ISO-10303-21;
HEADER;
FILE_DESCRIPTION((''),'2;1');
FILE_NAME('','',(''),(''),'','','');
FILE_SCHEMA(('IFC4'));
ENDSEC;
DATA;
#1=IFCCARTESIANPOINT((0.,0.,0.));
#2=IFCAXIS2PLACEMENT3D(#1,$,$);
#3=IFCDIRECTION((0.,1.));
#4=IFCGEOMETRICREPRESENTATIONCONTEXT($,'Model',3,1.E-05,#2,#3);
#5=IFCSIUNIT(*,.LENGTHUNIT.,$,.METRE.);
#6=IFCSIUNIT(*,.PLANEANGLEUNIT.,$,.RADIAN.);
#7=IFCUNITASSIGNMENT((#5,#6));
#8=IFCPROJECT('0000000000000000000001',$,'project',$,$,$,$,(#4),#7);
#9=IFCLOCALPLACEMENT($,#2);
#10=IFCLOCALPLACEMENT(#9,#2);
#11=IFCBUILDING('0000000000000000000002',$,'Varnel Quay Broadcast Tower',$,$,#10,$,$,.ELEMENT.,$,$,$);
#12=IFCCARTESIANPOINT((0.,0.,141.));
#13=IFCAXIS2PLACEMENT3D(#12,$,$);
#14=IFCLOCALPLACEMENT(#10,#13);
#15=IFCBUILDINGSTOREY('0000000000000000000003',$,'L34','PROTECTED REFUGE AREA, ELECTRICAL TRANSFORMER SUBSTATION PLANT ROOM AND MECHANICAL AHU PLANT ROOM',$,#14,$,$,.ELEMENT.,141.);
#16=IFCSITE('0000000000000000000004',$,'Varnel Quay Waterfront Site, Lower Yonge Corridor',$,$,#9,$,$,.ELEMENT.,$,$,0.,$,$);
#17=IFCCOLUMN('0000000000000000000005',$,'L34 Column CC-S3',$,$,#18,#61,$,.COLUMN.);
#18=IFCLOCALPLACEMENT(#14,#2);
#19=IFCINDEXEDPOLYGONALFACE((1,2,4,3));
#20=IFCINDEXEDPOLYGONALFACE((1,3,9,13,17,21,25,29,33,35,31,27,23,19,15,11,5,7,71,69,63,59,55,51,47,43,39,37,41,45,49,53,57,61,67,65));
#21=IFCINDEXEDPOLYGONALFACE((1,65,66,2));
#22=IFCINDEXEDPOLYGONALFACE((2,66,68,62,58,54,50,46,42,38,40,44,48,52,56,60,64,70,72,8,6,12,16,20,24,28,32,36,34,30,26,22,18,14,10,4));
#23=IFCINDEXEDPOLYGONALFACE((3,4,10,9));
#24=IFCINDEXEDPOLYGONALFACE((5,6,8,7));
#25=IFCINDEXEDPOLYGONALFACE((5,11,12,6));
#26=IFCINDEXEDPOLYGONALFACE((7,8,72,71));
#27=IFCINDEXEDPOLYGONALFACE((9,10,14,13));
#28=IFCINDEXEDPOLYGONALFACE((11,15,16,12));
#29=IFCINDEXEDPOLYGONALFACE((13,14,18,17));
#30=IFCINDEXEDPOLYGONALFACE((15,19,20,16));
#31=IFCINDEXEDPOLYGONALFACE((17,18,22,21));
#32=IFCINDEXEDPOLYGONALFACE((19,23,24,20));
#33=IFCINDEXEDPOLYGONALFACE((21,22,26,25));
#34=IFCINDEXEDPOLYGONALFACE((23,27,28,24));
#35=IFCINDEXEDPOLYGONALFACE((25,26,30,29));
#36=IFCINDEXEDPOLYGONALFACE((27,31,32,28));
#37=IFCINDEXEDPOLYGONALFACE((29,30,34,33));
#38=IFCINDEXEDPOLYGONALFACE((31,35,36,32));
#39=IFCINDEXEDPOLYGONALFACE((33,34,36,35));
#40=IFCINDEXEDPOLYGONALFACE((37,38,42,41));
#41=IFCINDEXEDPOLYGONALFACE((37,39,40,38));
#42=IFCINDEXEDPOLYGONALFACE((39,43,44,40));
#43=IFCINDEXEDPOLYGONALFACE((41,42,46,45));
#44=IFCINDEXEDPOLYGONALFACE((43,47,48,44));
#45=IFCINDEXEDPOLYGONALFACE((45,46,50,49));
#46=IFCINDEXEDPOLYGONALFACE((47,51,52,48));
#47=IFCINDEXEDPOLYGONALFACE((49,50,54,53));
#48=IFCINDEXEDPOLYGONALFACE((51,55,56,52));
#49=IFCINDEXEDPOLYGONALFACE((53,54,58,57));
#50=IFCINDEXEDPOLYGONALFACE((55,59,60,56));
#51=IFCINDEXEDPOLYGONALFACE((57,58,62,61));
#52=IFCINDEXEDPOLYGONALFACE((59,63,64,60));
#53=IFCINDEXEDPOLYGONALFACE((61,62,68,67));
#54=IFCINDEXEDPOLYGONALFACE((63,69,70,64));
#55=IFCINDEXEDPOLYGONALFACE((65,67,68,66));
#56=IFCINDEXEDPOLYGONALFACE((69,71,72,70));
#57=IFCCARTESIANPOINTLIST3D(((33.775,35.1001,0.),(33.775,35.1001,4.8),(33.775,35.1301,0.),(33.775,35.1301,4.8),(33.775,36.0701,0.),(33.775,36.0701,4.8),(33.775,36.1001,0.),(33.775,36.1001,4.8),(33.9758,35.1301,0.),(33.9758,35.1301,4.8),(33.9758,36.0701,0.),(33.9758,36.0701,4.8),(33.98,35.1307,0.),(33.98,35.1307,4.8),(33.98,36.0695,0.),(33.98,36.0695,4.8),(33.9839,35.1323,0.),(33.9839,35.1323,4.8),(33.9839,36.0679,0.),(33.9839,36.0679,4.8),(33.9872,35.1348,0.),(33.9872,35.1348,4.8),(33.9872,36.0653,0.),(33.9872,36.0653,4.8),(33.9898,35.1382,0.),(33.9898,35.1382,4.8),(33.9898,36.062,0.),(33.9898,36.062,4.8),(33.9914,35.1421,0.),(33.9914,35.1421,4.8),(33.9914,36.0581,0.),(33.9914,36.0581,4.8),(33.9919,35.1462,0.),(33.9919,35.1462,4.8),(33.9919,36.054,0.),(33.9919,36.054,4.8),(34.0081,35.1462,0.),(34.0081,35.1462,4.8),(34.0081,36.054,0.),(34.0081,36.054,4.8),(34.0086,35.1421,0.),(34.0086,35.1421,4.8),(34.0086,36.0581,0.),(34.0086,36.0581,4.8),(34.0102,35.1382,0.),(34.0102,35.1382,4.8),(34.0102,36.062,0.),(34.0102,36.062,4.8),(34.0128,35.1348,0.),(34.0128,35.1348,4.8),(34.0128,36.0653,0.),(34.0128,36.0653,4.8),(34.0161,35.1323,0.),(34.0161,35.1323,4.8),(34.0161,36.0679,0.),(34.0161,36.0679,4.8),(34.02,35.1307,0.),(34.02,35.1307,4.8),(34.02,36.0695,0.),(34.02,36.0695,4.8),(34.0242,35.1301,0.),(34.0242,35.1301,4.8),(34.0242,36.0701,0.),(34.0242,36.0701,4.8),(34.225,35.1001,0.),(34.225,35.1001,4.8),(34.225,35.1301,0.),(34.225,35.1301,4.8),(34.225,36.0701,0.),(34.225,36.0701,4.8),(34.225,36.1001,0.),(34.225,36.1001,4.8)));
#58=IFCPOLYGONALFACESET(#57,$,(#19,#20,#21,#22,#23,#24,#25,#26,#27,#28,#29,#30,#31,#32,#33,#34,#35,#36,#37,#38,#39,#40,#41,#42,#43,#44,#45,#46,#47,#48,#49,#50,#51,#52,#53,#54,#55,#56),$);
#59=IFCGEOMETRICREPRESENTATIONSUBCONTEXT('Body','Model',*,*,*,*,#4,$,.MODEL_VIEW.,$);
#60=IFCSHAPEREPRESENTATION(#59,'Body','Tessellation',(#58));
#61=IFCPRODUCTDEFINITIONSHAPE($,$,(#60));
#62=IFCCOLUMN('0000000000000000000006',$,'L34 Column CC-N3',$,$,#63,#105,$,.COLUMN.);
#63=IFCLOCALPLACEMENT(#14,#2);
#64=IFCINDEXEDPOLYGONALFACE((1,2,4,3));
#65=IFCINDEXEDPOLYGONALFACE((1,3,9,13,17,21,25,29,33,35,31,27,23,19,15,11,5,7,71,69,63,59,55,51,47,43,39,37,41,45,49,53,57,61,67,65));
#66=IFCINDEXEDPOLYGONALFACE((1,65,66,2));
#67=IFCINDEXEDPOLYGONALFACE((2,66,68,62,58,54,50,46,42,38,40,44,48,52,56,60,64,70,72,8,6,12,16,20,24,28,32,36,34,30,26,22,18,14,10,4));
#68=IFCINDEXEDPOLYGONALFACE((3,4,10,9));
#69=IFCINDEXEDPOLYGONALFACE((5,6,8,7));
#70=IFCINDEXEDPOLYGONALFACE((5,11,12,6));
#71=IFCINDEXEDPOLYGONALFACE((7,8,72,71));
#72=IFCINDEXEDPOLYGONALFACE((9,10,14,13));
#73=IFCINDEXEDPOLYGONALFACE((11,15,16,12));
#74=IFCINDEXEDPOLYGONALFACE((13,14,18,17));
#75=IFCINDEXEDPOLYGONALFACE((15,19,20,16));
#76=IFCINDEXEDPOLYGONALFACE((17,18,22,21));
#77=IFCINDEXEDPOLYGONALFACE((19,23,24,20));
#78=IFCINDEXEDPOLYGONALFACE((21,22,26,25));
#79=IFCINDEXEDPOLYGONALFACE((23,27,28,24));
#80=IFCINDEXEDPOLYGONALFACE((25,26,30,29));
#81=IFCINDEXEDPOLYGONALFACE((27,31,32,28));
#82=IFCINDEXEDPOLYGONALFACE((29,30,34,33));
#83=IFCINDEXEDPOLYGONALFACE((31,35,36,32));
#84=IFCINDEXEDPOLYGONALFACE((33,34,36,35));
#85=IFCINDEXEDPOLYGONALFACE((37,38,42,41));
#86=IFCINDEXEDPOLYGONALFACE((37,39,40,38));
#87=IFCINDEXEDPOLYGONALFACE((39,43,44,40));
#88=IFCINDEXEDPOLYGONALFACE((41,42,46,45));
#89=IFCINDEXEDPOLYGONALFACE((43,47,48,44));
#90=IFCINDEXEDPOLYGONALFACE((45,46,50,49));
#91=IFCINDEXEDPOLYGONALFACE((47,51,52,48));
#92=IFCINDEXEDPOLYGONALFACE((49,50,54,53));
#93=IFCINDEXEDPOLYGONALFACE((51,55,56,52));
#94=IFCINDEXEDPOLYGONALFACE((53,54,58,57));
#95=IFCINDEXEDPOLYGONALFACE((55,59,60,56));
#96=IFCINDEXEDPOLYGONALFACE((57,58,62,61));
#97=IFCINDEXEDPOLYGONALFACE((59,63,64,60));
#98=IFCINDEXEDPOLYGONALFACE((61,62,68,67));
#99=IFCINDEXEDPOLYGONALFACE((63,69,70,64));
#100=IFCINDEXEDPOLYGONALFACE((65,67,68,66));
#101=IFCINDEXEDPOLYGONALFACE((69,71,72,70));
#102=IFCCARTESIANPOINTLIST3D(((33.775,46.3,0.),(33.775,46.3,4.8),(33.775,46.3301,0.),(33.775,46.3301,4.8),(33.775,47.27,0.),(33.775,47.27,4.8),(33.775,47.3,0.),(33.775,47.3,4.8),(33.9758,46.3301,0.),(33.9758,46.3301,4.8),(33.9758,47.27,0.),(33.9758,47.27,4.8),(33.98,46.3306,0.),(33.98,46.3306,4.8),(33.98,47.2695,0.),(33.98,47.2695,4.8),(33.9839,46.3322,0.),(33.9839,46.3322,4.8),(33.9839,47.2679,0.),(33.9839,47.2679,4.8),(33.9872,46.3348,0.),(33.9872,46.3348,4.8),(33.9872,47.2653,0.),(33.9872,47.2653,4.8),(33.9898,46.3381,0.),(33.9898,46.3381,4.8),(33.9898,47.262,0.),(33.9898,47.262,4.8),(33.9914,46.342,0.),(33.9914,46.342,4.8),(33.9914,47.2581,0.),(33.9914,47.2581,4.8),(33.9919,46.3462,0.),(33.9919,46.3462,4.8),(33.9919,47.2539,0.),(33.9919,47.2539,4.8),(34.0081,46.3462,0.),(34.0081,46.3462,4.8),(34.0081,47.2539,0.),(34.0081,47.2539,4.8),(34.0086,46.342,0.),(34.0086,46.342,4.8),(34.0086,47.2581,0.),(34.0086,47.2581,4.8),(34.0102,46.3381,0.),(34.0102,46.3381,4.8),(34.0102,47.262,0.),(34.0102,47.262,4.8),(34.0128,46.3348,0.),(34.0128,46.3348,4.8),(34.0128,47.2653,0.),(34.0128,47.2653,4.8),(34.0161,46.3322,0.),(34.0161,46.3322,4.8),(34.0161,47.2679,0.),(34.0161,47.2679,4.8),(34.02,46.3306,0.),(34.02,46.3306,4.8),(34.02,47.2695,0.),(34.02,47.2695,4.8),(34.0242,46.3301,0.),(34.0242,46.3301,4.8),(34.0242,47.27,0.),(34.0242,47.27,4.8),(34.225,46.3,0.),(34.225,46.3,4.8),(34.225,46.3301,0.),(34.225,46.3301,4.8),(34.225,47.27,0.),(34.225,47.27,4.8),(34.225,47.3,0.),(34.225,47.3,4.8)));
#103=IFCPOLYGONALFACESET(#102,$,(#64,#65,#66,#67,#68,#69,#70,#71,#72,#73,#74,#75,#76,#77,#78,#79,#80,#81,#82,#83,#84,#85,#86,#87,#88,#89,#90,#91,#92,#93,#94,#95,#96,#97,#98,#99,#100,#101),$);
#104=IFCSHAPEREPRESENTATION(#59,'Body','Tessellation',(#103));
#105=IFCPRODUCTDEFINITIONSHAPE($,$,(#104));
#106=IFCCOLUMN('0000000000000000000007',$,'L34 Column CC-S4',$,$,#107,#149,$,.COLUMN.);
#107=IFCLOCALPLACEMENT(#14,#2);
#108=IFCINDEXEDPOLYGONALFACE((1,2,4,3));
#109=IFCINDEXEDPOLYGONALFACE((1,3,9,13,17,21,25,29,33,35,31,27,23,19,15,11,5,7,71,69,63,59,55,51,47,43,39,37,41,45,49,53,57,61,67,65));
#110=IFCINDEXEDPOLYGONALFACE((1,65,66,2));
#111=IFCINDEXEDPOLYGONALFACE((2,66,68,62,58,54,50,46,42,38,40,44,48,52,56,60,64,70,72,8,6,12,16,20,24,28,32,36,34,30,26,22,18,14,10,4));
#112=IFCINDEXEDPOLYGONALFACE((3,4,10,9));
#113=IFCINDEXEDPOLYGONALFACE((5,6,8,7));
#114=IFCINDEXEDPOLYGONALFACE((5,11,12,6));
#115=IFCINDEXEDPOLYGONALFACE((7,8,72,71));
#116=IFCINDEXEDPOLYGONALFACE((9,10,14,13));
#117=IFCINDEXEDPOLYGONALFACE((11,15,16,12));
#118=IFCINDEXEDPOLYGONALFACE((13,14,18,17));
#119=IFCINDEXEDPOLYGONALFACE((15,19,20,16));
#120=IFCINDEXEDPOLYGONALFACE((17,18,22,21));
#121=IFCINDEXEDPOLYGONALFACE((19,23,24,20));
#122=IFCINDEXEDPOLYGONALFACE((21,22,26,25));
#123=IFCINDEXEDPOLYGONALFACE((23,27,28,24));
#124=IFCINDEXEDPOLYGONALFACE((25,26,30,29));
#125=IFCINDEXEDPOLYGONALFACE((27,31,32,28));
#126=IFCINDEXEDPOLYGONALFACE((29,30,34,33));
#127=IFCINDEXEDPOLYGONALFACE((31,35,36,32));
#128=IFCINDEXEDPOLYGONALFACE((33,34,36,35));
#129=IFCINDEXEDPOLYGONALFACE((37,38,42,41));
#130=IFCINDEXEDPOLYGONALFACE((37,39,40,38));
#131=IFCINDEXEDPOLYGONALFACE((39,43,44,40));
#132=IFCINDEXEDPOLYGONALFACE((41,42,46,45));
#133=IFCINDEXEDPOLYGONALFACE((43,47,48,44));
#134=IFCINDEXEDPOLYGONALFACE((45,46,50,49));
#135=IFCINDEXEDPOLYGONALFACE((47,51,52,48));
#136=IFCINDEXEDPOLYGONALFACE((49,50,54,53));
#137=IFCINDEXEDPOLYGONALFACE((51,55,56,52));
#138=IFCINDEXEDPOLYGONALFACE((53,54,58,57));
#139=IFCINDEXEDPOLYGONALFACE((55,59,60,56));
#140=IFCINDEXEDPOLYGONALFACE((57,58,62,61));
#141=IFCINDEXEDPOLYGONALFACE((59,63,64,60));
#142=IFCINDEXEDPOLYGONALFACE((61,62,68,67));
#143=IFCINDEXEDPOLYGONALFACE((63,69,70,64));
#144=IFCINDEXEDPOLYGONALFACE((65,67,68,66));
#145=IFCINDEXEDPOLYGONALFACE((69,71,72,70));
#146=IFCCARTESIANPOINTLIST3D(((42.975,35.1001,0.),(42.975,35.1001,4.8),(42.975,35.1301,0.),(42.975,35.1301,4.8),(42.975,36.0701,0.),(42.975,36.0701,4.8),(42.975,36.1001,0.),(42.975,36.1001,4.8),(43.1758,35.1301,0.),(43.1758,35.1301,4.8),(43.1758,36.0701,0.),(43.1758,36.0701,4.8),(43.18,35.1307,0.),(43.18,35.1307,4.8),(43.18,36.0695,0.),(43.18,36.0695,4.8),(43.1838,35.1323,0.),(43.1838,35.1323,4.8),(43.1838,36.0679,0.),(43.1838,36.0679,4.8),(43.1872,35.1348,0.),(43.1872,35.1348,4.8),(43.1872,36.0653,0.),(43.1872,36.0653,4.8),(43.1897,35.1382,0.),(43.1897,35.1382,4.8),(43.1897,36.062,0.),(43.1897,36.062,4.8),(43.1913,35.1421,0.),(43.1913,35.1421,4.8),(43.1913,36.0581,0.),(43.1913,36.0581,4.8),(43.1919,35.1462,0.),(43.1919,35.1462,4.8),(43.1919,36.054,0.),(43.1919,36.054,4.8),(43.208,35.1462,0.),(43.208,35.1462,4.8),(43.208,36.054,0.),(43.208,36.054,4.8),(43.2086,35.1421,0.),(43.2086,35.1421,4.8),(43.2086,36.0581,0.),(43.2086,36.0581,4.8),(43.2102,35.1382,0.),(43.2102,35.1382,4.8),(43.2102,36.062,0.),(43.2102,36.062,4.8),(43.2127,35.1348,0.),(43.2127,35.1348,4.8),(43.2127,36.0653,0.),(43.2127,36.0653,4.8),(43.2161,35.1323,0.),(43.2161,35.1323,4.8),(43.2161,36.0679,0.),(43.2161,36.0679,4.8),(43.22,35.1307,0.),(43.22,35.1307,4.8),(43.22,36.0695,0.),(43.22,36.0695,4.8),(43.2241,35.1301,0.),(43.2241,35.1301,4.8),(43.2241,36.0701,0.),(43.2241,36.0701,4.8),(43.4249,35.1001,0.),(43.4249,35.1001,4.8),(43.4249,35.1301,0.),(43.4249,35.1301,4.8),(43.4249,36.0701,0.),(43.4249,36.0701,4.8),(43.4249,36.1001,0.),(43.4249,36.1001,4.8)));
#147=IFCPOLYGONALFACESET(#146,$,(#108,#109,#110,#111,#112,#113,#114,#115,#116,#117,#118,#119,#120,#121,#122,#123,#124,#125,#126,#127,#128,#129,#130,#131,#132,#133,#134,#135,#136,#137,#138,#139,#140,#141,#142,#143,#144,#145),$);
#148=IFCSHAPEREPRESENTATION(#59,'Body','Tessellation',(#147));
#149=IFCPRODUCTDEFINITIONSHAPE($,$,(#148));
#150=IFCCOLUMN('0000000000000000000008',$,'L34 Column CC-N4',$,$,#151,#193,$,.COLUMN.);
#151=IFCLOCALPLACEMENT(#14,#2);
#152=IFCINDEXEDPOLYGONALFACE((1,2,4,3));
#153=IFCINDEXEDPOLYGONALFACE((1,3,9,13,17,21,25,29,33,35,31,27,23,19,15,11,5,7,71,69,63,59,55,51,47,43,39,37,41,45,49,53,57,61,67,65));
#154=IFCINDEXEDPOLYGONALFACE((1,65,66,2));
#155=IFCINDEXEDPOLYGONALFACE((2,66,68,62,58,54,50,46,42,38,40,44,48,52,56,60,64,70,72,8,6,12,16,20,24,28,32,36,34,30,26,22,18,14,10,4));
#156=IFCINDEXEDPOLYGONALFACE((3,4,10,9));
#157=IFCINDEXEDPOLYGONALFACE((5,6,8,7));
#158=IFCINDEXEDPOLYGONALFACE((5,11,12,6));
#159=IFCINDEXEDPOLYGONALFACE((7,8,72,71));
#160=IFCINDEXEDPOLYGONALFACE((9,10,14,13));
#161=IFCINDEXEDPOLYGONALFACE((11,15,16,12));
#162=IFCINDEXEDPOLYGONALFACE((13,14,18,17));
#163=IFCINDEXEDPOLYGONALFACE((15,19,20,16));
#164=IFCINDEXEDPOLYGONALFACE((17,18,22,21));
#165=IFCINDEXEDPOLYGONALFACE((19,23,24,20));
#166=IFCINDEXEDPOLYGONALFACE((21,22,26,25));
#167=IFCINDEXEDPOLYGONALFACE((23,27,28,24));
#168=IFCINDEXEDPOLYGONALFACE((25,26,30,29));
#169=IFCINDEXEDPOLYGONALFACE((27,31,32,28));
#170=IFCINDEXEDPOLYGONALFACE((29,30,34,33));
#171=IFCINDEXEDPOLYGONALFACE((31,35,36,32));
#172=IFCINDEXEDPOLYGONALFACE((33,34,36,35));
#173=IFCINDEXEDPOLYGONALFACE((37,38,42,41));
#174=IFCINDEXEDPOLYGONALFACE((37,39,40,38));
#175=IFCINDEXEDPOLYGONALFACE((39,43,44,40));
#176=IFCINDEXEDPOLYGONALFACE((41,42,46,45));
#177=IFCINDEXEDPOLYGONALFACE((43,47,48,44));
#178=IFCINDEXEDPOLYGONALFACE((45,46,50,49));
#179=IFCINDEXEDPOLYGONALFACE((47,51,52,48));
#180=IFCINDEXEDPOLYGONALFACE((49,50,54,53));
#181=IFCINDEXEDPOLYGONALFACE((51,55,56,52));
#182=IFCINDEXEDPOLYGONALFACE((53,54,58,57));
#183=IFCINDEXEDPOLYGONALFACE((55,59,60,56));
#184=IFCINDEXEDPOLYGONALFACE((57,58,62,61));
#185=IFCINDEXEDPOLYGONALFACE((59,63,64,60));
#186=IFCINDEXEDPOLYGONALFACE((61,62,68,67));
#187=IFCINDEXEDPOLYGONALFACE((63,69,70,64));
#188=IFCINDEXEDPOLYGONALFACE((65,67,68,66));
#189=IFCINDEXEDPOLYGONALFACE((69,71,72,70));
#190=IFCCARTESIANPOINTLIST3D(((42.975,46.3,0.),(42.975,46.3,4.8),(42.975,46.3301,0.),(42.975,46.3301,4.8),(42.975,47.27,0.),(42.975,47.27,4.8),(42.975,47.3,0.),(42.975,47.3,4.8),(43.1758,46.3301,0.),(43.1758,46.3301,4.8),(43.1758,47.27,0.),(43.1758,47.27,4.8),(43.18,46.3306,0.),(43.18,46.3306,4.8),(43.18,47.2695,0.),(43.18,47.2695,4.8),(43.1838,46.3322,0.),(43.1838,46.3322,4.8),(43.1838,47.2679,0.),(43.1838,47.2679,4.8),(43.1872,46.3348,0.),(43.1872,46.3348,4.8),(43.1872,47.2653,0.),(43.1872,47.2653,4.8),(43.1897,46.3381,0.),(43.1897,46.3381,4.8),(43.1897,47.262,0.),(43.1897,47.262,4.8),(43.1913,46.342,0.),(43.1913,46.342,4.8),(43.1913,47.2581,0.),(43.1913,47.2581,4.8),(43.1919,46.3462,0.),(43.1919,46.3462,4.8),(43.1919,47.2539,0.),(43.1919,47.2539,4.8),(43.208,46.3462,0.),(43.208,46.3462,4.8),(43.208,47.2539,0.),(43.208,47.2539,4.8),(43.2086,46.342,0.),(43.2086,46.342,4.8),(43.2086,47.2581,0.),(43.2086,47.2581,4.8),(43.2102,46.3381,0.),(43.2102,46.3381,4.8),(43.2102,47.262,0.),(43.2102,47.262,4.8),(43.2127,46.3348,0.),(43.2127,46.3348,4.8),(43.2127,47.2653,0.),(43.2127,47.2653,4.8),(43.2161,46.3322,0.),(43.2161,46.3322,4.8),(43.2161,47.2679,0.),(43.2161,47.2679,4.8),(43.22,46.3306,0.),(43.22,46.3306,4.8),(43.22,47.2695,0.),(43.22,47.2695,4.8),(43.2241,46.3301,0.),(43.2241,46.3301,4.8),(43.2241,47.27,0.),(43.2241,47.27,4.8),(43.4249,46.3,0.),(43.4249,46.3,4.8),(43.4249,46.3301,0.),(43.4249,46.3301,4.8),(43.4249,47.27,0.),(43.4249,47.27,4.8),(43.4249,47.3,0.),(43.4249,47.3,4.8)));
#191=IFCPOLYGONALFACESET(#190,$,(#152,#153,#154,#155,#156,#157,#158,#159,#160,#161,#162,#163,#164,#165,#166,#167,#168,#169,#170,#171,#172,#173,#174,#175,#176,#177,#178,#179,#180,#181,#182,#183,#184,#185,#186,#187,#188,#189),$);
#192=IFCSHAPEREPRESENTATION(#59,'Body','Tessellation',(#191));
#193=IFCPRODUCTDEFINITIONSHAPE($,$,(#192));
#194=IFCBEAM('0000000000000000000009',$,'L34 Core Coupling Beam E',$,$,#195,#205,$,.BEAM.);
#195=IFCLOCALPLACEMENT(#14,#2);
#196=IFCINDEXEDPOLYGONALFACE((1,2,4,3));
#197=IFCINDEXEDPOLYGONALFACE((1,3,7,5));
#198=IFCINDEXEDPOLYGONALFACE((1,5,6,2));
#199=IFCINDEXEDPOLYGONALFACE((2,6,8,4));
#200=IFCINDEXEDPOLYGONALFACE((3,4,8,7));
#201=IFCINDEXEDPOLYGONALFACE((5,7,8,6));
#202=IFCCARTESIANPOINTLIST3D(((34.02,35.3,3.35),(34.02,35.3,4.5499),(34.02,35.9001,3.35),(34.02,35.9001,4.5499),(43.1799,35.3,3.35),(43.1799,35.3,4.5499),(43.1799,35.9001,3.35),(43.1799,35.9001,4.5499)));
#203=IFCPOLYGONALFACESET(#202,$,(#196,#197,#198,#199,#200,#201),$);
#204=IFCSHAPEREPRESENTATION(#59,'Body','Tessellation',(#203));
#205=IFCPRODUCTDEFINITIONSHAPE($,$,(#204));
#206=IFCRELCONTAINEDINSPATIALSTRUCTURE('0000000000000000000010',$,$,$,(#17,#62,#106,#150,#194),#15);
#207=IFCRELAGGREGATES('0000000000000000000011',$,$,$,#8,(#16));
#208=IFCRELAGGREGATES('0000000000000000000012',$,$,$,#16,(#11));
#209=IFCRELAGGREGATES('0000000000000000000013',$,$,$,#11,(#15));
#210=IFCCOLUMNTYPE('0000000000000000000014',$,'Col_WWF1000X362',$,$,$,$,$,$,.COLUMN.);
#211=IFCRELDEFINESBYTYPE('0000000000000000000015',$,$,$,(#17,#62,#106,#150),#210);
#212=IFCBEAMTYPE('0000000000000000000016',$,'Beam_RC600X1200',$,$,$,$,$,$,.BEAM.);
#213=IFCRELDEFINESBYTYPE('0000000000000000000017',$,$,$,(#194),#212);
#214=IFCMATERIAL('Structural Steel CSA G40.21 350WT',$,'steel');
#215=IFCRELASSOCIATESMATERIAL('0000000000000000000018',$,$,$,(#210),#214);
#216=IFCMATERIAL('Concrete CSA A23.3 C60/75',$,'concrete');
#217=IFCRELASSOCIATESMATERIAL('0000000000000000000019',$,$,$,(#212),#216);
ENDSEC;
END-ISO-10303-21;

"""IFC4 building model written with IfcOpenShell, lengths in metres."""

from ifc_helpers import new_model, si_unit, direction, frame, origin, origin_2d, place, context, subcontext, project, spatial, rectangle, i_section, extrude, source, transform, mapped, material, material_profile, profile_set, type_object, type_shapes, element, save


model = new_model("IFC4")

# Units and contexts
model_context = context("Model", 3, precision=1e-05, world=origin(), true_north=direction((0.0, 1.0)))
body_context = subcontext(model_context, "Body", "Model", "MODEL_VIEW")
ifc_project = project(units=[si_unit("LENGTHUNIT", "METRE"), si_unit("PLANEANGLEUNIT", "RADIAN")], contexts=[model_context])

# Site, building, storey
site_placement = place(None, origin())
site = spatial("IfcSite", under=ifc_project, at=site_placement, Name="Varnel Quay Waterfront Site, Lower Yonge Corridor", CompositionType="ELEMENT", RefElevation=0.0)
building_placement = place(site_placement, origin())
building = spatial("IfcBuilding", under=site, at=building_placement, Name="Varnel Quay Broadcast Tower", CompositionType="ELEMENT")
storey_placement = place(building_placement, frame((0.0, 0.0, 141.0)))
storey = spatial("IfcBuildingStorey", under=building, at=storey_placement, Name="L34", Description="PROTECTED REFUGE AREA, ELECTRICAL TRANSFORMER SUBSTATION PLANT ROOM AND MECHANICAL AHU PLANT ROOM", CompositionType="ELEMENT", Elevation=141.0)

# Columns
ifc_material_1 = material(Name="Structural Steel CSA G40.21 350WT", Category="steel")
ifc_material_profile_1 = material_profile(ifc_material_1, i_section(OverallWidth=0.45, OverallDepth=1.0, WebThickness=0.0161, FlangeThickness=0.03, FilletRadius=0.0161, at=origin_2d()), Name="WWF1000X362")
ifc_profile_set_1 = profile_set([ifc_material_profile_1], Name="Structural Steel CSA G40.21 350WT")
column_type = type_object("IfcColumnType", Name="Col_WWF1000X362", PredefinedType="COLUMN", material=ifc_profile_set_1)
shared_shape_1 = source(origin(), body_context, "Body", "SweptSolid", [
    extrude(i_section(OverallWidth=0.45, OverallDepth=1.0, WebThickness=0.0161, FlangeThickness=0.03, FilletRadius=0.0161, at=origin_2d()), origin(), (0.0, 0.0, 1.0), 4.8),
])
type_shapes(column_type, [shared_shape_1])
for number, where, z_axis, x_axis, name in (
    (1, (34.0, 35.6001, 0.0), (0.0, 0.0, 1.0), (1.0, 0.0, 0.0), "L34 Column CC-S3"),
    (2, (34.0, 46.8, 0.0), (0.0, 0.0, 1.0), (1.0, 0.0, 0.0), "L34 Column CC-N3"),
    (3, (43.2, 35.6001, 0.0), (0.0, 0.0, 1.0), (1.0, 0.0, 0.0), "L34 Column CC-S4"),
    (4, (43.2, 46.8, 0.0), (0.0, 0.0, 1.0), (1.0, 0.0, 0.0), "L34 Column CC-N4"),
):
    element("IfcColumn", number, at=place(storey_placement, frame(where, z_axis=z_axis, x_axis=x_axis)), inside=storey, type_object=column_type, Name=name, PredefinedType="COLUMN", context=body_context, shape_type="MappedRepresentation", body=[
        mapped(shared_shape_1, transform((0.0, 0.0, 0.0), x_axis=(1.0, 0.0, 0.0), y_axis=(0.0, 1.0, 0.0), z_axis=(0.0, 0.0, 1.0), scale=1.0)),
    ])

# Beam
ifc_material_2 = material(Name="Concrete CSA A23.3 C60/75", Category="concrete")
ifc_material_profile_2 = material_profile(ifc_material_2, rectangle(XDim=0.6001, YDim=1.2, at=origin_2d()), Name="RC600X1200")
ifc_profile_set_2 = profile_set([ifc_material_profile_2], Name="Concrete CSA A23.3 C60/75")
beam_type = type_object("IfcBeamType", Name="Beam_RC600X1200", PredefinedType="BEAM", material=ifc_profile_set_2)
shared_shape_2 = source(origin(), body_context, "Body", "SweptSolid", [
    extrude(rectangle(XDim=0.6001, YDim=1.2, at=origin_2d()), origin(), (0.0, 0.0, 1.0), 9.1599),
])
type_shapes(beam_type, [shared_shape_2])
beam_placement = place(storey_placement, frame((34.02, 35.6001, 3.95), z_axis=(1.0, 0.0, 0.0), x_axis=(0.0, 1.0, 0.0)))
element("IfcBeam", 5, at=beam_placement, inside=storey, type_object=beam_type, Name="L34 Core Coupling Beam E", PredefinedType="BEAM", context=body_context, shape_type="MappedRepresentation", body=[
    mapped(shared_shape_2, transform((0.0, 0.0, 0.0), x_axis=(1.0, 0.0, 0.0), y_axis=(0.0, 1.0, 0.0), z_axis=(0.0, 0.0, 1.0), scale=1.0)),
])

save(model, "model.ifc")
